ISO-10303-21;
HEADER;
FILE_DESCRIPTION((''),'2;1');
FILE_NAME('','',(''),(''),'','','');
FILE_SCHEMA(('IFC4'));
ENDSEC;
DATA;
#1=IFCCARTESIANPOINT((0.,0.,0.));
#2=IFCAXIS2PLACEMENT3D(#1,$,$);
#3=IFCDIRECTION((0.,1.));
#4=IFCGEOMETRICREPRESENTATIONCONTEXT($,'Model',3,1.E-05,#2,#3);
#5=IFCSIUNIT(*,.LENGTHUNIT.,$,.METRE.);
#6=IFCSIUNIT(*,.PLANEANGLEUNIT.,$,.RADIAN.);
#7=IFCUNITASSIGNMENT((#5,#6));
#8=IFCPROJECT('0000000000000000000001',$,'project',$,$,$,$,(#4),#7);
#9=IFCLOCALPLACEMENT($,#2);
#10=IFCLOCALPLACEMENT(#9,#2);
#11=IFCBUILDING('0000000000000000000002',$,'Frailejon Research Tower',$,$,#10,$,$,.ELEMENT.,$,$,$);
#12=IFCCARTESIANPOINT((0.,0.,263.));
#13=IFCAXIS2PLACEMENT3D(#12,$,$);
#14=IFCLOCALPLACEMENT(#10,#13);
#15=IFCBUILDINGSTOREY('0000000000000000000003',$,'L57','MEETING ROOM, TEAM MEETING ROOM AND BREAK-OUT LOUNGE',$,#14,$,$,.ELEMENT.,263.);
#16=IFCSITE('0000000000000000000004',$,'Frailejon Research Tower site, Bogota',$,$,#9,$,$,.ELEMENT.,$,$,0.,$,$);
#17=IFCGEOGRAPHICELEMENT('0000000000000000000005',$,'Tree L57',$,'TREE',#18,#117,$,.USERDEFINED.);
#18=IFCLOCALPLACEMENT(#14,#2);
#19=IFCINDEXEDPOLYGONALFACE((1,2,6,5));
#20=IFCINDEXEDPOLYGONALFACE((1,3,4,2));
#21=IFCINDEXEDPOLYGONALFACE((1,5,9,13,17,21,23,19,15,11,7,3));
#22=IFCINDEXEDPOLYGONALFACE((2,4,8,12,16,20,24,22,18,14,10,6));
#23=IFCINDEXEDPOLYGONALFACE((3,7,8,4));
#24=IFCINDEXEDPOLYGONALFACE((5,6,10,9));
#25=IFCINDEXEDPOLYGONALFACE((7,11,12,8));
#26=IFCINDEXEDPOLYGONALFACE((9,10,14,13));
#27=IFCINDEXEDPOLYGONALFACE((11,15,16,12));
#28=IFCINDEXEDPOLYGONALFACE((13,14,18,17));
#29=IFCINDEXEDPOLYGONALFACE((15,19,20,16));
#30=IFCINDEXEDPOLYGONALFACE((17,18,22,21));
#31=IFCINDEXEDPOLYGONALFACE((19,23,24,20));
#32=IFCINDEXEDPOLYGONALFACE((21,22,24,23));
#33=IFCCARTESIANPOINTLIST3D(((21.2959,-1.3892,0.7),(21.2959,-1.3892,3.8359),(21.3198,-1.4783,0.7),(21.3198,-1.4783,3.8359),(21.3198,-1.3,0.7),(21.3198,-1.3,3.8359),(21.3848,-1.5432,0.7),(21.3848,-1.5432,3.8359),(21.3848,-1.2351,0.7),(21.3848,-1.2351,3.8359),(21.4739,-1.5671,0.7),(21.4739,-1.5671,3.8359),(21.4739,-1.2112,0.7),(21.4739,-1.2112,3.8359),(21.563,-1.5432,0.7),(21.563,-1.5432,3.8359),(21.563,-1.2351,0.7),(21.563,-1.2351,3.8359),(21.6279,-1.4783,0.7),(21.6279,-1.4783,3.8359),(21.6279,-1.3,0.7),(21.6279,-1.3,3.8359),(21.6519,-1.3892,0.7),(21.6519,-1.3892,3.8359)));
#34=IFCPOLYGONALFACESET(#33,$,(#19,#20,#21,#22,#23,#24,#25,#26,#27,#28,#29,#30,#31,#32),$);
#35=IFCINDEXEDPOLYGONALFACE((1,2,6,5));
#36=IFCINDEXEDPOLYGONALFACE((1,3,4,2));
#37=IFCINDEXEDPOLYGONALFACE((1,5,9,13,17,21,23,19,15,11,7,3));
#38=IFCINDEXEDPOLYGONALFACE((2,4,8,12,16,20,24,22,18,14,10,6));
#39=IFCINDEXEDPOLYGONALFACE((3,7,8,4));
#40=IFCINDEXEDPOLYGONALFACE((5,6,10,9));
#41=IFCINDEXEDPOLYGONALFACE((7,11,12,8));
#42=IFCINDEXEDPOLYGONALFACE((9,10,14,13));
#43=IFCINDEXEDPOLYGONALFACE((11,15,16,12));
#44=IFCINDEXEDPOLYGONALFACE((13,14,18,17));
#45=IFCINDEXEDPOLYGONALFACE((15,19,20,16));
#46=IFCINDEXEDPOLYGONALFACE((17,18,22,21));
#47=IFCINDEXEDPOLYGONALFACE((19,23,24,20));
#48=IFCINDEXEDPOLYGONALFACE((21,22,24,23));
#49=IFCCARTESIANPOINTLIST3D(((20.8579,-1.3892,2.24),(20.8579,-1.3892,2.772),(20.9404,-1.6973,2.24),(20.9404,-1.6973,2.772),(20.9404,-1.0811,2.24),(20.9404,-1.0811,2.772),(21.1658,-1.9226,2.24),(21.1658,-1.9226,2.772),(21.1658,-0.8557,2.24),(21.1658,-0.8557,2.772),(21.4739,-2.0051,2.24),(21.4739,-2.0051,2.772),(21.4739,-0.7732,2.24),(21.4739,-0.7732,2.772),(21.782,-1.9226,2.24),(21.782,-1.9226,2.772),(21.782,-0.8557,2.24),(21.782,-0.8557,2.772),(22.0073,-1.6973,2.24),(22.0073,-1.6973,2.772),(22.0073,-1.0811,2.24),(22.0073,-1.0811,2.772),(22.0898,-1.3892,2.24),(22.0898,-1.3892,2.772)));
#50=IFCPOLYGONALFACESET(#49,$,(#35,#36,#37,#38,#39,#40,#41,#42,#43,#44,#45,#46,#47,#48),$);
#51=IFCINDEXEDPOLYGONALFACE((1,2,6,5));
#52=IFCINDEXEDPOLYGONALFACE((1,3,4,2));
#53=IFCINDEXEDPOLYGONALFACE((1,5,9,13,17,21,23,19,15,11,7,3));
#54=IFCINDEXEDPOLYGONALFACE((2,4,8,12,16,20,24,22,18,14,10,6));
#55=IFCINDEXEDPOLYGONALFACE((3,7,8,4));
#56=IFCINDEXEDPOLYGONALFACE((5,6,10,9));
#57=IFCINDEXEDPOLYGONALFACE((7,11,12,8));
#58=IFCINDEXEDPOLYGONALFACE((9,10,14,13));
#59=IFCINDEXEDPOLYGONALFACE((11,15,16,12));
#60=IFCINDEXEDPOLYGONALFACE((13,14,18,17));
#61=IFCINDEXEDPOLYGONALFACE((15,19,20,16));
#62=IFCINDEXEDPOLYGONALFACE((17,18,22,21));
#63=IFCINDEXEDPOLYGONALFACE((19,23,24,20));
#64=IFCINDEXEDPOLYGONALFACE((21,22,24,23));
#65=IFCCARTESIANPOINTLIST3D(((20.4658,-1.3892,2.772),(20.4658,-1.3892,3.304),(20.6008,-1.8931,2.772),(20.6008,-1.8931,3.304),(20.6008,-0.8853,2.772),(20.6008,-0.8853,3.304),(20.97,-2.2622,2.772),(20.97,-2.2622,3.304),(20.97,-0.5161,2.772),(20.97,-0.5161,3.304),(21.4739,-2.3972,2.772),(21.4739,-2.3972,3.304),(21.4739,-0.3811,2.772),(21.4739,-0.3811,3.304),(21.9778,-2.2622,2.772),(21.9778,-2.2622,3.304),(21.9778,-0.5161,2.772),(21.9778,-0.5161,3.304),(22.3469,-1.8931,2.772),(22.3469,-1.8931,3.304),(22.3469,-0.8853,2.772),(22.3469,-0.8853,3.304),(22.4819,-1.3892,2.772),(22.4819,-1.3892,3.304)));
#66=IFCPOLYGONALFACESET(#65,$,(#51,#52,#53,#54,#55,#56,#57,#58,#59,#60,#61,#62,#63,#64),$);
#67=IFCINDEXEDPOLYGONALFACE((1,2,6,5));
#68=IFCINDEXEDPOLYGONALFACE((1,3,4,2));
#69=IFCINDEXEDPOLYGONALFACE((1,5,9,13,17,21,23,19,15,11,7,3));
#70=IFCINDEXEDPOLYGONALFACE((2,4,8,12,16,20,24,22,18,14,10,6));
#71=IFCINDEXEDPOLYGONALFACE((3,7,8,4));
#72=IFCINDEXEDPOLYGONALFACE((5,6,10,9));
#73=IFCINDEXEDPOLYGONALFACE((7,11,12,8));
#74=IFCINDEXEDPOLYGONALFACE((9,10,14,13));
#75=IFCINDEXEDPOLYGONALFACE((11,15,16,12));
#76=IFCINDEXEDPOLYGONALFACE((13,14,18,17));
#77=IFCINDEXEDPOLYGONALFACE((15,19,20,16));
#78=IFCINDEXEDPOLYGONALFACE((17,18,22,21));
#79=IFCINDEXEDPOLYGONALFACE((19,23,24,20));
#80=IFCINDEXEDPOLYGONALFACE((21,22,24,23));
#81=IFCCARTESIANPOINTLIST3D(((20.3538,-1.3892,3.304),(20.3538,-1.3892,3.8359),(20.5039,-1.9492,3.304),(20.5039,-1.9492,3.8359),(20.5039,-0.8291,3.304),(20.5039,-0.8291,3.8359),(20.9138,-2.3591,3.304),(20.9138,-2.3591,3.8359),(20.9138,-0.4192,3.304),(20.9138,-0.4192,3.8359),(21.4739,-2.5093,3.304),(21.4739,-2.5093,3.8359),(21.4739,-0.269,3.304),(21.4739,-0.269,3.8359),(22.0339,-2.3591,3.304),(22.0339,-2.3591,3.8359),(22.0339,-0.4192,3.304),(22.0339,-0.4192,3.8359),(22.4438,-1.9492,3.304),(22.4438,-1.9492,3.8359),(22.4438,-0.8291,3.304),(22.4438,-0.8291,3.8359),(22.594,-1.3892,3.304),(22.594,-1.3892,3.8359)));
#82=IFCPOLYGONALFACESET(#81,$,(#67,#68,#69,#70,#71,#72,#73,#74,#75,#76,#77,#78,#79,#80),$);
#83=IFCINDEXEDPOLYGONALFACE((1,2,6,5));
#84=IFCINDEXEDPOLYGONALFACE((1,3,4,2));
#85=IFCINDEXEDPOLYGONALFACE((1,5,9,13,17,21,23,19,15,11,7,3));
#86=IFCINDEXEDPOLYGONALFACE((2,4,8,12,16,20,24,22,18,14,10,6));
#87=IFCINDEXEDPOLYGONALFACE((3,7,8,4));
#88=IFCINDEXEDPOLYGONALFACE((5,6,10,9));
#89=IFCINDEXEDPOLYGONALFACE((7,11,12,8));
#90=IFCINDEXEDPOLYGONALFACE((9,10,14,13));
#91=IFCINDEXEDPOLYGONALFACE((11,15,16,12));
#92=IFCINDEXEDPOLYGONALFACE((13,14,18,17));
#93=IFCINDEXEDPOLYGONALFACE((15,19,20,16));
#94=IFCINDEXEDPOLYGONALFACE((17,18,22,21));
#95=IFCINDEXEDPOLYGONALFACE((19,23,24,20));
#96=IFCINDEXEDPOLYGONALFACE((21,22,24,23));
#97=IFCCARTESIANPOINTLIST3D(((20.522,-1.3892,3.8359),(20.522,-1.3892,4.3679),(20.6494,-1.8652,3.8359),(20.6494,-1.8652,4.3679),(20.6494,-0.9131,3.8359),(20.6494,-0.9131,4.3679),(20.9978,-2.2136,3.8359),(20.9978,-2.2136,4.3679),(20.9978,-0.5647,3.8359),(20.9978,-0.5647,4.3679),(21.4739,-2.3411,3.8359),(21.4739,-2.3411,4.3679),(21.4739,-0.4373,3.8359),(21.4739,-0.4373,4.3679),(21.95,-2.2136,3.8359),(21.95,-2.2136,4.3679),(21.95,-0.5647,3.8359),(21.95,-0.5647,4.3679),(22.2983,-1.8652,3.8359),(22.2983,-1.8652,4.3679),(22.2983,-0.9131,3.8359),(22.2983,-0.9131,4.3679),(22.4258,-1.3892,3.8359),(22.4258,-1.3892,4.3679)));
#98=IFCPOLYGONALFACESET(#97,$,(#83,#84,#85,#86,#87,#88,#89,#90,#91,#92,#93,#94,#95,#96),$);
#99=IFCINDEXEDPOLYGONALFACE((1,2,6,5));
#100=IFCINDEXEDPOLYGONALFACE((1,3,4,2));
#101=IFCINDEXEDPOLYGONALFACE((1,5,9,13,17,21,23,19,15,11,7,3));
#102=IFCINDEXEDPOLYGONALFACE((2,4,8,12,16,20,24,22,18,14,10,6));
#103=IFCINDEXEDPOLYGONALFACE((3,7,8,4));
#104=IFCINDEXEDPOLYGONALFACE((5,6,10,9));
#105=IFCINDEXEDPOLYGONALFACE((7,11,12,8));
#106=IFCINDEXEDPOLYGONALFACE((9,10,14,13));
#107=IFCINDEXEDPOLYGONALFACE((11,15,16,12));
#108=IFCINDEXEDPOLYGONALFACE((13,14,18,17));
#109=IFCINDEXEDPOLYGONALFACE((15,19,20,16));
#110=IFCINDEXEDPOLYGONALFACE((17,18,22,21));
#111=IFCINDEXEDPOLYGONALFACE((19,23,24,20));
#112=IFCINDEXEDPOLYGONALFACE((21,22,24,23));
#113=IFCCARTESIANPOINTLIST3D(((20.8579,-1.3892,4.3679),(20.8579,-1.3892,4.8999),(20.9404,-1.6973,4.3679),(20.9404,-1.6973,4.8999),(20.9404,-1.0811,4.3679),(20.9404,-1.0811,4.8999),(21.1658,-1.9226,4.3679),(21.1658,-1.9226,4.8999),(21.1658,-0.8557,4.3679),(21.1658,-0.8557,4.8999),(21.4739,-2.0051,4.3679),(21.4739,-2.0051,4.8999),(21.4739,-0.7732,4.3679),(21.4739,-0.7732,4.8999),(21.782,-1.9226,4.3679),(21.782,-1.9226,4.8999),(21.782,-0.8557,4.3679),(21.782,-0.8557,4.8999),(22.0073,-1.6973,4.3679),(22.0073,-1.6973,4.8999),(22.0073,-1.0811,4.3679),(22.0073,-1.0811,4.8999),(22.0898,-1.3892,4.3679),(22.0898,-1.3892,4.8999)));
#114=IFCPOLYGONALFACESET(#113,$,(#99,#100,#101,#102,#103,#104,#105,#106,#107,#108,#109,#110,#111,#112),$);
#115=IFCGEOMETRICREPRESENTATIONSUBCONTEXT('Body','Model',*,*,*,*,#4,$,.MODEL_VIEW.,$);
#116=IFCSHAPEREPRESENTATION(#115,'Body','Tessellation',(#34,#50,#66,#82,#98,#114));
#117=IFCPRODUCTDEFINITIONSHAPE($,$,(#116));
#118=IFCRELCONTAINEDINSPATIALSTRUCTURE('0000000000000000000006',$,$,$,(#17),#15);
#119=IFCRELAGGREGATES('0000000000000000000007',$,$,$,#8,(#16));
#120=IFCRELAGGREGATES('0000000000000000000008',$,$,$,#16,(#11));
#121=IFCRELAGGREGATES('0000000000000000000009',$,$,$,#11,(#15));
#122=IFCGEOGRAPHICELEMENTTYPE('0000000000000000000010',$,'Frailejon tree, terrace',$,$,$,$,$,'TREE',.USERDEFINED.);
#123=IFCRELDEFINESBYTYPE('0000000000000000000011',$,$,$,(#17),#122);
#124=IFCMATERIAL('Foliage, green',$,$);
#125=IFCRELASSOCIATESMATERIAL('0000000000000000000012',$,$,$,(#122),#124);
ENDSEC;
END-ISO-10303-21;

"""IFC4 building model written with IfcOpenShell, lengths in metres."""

from ifc_helpers import new_model, si_unit, direction, frame, origin, place, context, subcontext, project, spatial, polyline, outline, extrude, material, type_object, element, save


model = new_model("IFC4")

# Units and contexts
model_context = context("Model", 3, precision=1e-05, world=origin(), true_north=direction((0.0, 1.0)))
body_context = subcontext(model_context, "Body", "Model", "MODEL_VIEW")
ifc_project = project(units=[si_unit("LENGTHUNIT", "METRE"), si_unit("PLANEANGLEUNIT", "RADIAN")], contexts=[model_context])

# Site, building, storey
site_placement = place(None, origin())
site = spatial("IfcSite", under=ifc_project, at=site_placement, Name="Frailejon Research Tower site, Bogota", CompositionType="ELEMENT", RefElevation=0.0)
building_placement = place(site_placement, origin())
building = spatial("IfcBuilding", under=site, at=building_placement, Name="Frailejon Research Tower", CompositionType="ELEMENT")
storey_placement = place(building_placement, frame((0.0, 0.0, 263.0)))
storey = spatial("IfcBuildingStorey", under=building, at=storey_placement, Name="L57", Description="MEETING ROOM, TEAM MEETING ROOM AND BREAK-OUT LOUNGE", CompositionType="ELEMENT", Elevation=263.0)

# Geographic element
ifc_material_1 = material(Name="Foliage, green")
geographic_element_type = type_object("IfcGeographicElementType", Name="Frailejon tree, terrace", ElementType="TREE", PredefinedType="USERDEFINED", material=ifc_material_1)
geographic_element_placement = place(storey_placement, frame((21.4739, -1.3892, 0.7)))
element("IfcGeographicElement", 1, at=geographic_element_placement, inside=storey, type_object=geographic_element_type, Name="Tree L57", ObjectType="TREE", PredefinedType="USERDEFINED", context=body_context, shape_type="SweptSolid", body=[
    extrude(outline(polyline([(0.178, 0.0), (0.1541, 0.0891), (0.0891, 0.1541), (0.0, 0.178), (-0.0891, 0.1541), (-0.1541, 0.0891), (-0.178, 0.0), (-0.1541, -0.0891), (-0.0891, -0.1541), (0.0, -0.178), (0.0891, -0.1541), (0.1541, -0.0891), (0.178, 0.0)])), origin(), (0.0, 0.0, 1.0), 3.136),
    extrude(outline(polyline([(0.616, 0.0), (0.5334, 0.3081), (0.3081, 0.5334), (0.0, 0.616), (-0.3081, 0.5334), (-0.5334, 0.3081), (-0.616, 0.0), (-0.5334, -0.3081), (-0.3081, -0.5334), (0.0, -0.616), (0.3081, -0.5334), (0.5334, -0.3081), (0.616, 0.0)])), frame((0.0, 0.0, 1.54)), (0.0, 0.0, 1.0), 0.532),
    extrude(outline(polyline([(1.0081, 0.0), (0.873, 0.5039), (0.5039, 0.873), (0.0, 1.0081), (-0.5039, 0.873), (-0.873, 0.5039), (-1.0081, 0.0), (-0.873, -0.5039), (-0.5039, -0.873), (0.0, -1.0081), (0.5039, -0.873), (0.873, -0.5039), (1.0081, 0.0)])), frame((0.0, 0.0, 2.072)), (0.0, 0.0, 1.0), 0.532),
    extrude(outline(polyline([(1.1201, 0.0), (0.97, 0.5601), (0.5601, 0.97), (0.0, 1.1201), (-0.5601, 0.97), (-0.97, 0.5601), (-1.1201, 0.0), (-0.97, -0.5601), (-0.5601, -0.97), (0.0, -1.1201), (0.5601, -0.97), (0.97, -0.5601), (1.1201, 0.0)])), frame((0.0, 0.0, 2.604)), (0.0, 0.0, 1.0), 0.532),
    extrude(outline(polyline([(0.9519, 0.0), (0.8245, 0.4761), (0.4761, 0.8245), (0.0, 0.9519), (-0.4761, 0.8245), (-0.8245, 0.4761), (-0.9519, 0.0), (-0.8245, -0.4761), (-0.4761, -0.8245), (0.0, -0.9519), (0.4761, -0.8245), (0.8245, -0.4761), (0.9519, 0.0)])), frame((0.0, 0.0, 3.136)), (0.0, 0.0, 1.0), 0.532),
    extrude(outline(polyline([(0.616, 0.0), (0.5334, 0.3081), (0.3081, 0.5334), (0.0, 0.616), (-0.3081, 0.5334), (-0.5334, 0.3081), (-0.616, 0.0), (-0.5334, -0.3081), (-0.3081, -0.5334), (0.0, -0.616), (0.3081, -0.5334), (0.5334, -0.3081), (0.616, 0.0)])), frame((0.0, 0.0, 3.668)), (0.0, 0.0, 1.0), 0.532),
])

save(model, "model.ifc")
